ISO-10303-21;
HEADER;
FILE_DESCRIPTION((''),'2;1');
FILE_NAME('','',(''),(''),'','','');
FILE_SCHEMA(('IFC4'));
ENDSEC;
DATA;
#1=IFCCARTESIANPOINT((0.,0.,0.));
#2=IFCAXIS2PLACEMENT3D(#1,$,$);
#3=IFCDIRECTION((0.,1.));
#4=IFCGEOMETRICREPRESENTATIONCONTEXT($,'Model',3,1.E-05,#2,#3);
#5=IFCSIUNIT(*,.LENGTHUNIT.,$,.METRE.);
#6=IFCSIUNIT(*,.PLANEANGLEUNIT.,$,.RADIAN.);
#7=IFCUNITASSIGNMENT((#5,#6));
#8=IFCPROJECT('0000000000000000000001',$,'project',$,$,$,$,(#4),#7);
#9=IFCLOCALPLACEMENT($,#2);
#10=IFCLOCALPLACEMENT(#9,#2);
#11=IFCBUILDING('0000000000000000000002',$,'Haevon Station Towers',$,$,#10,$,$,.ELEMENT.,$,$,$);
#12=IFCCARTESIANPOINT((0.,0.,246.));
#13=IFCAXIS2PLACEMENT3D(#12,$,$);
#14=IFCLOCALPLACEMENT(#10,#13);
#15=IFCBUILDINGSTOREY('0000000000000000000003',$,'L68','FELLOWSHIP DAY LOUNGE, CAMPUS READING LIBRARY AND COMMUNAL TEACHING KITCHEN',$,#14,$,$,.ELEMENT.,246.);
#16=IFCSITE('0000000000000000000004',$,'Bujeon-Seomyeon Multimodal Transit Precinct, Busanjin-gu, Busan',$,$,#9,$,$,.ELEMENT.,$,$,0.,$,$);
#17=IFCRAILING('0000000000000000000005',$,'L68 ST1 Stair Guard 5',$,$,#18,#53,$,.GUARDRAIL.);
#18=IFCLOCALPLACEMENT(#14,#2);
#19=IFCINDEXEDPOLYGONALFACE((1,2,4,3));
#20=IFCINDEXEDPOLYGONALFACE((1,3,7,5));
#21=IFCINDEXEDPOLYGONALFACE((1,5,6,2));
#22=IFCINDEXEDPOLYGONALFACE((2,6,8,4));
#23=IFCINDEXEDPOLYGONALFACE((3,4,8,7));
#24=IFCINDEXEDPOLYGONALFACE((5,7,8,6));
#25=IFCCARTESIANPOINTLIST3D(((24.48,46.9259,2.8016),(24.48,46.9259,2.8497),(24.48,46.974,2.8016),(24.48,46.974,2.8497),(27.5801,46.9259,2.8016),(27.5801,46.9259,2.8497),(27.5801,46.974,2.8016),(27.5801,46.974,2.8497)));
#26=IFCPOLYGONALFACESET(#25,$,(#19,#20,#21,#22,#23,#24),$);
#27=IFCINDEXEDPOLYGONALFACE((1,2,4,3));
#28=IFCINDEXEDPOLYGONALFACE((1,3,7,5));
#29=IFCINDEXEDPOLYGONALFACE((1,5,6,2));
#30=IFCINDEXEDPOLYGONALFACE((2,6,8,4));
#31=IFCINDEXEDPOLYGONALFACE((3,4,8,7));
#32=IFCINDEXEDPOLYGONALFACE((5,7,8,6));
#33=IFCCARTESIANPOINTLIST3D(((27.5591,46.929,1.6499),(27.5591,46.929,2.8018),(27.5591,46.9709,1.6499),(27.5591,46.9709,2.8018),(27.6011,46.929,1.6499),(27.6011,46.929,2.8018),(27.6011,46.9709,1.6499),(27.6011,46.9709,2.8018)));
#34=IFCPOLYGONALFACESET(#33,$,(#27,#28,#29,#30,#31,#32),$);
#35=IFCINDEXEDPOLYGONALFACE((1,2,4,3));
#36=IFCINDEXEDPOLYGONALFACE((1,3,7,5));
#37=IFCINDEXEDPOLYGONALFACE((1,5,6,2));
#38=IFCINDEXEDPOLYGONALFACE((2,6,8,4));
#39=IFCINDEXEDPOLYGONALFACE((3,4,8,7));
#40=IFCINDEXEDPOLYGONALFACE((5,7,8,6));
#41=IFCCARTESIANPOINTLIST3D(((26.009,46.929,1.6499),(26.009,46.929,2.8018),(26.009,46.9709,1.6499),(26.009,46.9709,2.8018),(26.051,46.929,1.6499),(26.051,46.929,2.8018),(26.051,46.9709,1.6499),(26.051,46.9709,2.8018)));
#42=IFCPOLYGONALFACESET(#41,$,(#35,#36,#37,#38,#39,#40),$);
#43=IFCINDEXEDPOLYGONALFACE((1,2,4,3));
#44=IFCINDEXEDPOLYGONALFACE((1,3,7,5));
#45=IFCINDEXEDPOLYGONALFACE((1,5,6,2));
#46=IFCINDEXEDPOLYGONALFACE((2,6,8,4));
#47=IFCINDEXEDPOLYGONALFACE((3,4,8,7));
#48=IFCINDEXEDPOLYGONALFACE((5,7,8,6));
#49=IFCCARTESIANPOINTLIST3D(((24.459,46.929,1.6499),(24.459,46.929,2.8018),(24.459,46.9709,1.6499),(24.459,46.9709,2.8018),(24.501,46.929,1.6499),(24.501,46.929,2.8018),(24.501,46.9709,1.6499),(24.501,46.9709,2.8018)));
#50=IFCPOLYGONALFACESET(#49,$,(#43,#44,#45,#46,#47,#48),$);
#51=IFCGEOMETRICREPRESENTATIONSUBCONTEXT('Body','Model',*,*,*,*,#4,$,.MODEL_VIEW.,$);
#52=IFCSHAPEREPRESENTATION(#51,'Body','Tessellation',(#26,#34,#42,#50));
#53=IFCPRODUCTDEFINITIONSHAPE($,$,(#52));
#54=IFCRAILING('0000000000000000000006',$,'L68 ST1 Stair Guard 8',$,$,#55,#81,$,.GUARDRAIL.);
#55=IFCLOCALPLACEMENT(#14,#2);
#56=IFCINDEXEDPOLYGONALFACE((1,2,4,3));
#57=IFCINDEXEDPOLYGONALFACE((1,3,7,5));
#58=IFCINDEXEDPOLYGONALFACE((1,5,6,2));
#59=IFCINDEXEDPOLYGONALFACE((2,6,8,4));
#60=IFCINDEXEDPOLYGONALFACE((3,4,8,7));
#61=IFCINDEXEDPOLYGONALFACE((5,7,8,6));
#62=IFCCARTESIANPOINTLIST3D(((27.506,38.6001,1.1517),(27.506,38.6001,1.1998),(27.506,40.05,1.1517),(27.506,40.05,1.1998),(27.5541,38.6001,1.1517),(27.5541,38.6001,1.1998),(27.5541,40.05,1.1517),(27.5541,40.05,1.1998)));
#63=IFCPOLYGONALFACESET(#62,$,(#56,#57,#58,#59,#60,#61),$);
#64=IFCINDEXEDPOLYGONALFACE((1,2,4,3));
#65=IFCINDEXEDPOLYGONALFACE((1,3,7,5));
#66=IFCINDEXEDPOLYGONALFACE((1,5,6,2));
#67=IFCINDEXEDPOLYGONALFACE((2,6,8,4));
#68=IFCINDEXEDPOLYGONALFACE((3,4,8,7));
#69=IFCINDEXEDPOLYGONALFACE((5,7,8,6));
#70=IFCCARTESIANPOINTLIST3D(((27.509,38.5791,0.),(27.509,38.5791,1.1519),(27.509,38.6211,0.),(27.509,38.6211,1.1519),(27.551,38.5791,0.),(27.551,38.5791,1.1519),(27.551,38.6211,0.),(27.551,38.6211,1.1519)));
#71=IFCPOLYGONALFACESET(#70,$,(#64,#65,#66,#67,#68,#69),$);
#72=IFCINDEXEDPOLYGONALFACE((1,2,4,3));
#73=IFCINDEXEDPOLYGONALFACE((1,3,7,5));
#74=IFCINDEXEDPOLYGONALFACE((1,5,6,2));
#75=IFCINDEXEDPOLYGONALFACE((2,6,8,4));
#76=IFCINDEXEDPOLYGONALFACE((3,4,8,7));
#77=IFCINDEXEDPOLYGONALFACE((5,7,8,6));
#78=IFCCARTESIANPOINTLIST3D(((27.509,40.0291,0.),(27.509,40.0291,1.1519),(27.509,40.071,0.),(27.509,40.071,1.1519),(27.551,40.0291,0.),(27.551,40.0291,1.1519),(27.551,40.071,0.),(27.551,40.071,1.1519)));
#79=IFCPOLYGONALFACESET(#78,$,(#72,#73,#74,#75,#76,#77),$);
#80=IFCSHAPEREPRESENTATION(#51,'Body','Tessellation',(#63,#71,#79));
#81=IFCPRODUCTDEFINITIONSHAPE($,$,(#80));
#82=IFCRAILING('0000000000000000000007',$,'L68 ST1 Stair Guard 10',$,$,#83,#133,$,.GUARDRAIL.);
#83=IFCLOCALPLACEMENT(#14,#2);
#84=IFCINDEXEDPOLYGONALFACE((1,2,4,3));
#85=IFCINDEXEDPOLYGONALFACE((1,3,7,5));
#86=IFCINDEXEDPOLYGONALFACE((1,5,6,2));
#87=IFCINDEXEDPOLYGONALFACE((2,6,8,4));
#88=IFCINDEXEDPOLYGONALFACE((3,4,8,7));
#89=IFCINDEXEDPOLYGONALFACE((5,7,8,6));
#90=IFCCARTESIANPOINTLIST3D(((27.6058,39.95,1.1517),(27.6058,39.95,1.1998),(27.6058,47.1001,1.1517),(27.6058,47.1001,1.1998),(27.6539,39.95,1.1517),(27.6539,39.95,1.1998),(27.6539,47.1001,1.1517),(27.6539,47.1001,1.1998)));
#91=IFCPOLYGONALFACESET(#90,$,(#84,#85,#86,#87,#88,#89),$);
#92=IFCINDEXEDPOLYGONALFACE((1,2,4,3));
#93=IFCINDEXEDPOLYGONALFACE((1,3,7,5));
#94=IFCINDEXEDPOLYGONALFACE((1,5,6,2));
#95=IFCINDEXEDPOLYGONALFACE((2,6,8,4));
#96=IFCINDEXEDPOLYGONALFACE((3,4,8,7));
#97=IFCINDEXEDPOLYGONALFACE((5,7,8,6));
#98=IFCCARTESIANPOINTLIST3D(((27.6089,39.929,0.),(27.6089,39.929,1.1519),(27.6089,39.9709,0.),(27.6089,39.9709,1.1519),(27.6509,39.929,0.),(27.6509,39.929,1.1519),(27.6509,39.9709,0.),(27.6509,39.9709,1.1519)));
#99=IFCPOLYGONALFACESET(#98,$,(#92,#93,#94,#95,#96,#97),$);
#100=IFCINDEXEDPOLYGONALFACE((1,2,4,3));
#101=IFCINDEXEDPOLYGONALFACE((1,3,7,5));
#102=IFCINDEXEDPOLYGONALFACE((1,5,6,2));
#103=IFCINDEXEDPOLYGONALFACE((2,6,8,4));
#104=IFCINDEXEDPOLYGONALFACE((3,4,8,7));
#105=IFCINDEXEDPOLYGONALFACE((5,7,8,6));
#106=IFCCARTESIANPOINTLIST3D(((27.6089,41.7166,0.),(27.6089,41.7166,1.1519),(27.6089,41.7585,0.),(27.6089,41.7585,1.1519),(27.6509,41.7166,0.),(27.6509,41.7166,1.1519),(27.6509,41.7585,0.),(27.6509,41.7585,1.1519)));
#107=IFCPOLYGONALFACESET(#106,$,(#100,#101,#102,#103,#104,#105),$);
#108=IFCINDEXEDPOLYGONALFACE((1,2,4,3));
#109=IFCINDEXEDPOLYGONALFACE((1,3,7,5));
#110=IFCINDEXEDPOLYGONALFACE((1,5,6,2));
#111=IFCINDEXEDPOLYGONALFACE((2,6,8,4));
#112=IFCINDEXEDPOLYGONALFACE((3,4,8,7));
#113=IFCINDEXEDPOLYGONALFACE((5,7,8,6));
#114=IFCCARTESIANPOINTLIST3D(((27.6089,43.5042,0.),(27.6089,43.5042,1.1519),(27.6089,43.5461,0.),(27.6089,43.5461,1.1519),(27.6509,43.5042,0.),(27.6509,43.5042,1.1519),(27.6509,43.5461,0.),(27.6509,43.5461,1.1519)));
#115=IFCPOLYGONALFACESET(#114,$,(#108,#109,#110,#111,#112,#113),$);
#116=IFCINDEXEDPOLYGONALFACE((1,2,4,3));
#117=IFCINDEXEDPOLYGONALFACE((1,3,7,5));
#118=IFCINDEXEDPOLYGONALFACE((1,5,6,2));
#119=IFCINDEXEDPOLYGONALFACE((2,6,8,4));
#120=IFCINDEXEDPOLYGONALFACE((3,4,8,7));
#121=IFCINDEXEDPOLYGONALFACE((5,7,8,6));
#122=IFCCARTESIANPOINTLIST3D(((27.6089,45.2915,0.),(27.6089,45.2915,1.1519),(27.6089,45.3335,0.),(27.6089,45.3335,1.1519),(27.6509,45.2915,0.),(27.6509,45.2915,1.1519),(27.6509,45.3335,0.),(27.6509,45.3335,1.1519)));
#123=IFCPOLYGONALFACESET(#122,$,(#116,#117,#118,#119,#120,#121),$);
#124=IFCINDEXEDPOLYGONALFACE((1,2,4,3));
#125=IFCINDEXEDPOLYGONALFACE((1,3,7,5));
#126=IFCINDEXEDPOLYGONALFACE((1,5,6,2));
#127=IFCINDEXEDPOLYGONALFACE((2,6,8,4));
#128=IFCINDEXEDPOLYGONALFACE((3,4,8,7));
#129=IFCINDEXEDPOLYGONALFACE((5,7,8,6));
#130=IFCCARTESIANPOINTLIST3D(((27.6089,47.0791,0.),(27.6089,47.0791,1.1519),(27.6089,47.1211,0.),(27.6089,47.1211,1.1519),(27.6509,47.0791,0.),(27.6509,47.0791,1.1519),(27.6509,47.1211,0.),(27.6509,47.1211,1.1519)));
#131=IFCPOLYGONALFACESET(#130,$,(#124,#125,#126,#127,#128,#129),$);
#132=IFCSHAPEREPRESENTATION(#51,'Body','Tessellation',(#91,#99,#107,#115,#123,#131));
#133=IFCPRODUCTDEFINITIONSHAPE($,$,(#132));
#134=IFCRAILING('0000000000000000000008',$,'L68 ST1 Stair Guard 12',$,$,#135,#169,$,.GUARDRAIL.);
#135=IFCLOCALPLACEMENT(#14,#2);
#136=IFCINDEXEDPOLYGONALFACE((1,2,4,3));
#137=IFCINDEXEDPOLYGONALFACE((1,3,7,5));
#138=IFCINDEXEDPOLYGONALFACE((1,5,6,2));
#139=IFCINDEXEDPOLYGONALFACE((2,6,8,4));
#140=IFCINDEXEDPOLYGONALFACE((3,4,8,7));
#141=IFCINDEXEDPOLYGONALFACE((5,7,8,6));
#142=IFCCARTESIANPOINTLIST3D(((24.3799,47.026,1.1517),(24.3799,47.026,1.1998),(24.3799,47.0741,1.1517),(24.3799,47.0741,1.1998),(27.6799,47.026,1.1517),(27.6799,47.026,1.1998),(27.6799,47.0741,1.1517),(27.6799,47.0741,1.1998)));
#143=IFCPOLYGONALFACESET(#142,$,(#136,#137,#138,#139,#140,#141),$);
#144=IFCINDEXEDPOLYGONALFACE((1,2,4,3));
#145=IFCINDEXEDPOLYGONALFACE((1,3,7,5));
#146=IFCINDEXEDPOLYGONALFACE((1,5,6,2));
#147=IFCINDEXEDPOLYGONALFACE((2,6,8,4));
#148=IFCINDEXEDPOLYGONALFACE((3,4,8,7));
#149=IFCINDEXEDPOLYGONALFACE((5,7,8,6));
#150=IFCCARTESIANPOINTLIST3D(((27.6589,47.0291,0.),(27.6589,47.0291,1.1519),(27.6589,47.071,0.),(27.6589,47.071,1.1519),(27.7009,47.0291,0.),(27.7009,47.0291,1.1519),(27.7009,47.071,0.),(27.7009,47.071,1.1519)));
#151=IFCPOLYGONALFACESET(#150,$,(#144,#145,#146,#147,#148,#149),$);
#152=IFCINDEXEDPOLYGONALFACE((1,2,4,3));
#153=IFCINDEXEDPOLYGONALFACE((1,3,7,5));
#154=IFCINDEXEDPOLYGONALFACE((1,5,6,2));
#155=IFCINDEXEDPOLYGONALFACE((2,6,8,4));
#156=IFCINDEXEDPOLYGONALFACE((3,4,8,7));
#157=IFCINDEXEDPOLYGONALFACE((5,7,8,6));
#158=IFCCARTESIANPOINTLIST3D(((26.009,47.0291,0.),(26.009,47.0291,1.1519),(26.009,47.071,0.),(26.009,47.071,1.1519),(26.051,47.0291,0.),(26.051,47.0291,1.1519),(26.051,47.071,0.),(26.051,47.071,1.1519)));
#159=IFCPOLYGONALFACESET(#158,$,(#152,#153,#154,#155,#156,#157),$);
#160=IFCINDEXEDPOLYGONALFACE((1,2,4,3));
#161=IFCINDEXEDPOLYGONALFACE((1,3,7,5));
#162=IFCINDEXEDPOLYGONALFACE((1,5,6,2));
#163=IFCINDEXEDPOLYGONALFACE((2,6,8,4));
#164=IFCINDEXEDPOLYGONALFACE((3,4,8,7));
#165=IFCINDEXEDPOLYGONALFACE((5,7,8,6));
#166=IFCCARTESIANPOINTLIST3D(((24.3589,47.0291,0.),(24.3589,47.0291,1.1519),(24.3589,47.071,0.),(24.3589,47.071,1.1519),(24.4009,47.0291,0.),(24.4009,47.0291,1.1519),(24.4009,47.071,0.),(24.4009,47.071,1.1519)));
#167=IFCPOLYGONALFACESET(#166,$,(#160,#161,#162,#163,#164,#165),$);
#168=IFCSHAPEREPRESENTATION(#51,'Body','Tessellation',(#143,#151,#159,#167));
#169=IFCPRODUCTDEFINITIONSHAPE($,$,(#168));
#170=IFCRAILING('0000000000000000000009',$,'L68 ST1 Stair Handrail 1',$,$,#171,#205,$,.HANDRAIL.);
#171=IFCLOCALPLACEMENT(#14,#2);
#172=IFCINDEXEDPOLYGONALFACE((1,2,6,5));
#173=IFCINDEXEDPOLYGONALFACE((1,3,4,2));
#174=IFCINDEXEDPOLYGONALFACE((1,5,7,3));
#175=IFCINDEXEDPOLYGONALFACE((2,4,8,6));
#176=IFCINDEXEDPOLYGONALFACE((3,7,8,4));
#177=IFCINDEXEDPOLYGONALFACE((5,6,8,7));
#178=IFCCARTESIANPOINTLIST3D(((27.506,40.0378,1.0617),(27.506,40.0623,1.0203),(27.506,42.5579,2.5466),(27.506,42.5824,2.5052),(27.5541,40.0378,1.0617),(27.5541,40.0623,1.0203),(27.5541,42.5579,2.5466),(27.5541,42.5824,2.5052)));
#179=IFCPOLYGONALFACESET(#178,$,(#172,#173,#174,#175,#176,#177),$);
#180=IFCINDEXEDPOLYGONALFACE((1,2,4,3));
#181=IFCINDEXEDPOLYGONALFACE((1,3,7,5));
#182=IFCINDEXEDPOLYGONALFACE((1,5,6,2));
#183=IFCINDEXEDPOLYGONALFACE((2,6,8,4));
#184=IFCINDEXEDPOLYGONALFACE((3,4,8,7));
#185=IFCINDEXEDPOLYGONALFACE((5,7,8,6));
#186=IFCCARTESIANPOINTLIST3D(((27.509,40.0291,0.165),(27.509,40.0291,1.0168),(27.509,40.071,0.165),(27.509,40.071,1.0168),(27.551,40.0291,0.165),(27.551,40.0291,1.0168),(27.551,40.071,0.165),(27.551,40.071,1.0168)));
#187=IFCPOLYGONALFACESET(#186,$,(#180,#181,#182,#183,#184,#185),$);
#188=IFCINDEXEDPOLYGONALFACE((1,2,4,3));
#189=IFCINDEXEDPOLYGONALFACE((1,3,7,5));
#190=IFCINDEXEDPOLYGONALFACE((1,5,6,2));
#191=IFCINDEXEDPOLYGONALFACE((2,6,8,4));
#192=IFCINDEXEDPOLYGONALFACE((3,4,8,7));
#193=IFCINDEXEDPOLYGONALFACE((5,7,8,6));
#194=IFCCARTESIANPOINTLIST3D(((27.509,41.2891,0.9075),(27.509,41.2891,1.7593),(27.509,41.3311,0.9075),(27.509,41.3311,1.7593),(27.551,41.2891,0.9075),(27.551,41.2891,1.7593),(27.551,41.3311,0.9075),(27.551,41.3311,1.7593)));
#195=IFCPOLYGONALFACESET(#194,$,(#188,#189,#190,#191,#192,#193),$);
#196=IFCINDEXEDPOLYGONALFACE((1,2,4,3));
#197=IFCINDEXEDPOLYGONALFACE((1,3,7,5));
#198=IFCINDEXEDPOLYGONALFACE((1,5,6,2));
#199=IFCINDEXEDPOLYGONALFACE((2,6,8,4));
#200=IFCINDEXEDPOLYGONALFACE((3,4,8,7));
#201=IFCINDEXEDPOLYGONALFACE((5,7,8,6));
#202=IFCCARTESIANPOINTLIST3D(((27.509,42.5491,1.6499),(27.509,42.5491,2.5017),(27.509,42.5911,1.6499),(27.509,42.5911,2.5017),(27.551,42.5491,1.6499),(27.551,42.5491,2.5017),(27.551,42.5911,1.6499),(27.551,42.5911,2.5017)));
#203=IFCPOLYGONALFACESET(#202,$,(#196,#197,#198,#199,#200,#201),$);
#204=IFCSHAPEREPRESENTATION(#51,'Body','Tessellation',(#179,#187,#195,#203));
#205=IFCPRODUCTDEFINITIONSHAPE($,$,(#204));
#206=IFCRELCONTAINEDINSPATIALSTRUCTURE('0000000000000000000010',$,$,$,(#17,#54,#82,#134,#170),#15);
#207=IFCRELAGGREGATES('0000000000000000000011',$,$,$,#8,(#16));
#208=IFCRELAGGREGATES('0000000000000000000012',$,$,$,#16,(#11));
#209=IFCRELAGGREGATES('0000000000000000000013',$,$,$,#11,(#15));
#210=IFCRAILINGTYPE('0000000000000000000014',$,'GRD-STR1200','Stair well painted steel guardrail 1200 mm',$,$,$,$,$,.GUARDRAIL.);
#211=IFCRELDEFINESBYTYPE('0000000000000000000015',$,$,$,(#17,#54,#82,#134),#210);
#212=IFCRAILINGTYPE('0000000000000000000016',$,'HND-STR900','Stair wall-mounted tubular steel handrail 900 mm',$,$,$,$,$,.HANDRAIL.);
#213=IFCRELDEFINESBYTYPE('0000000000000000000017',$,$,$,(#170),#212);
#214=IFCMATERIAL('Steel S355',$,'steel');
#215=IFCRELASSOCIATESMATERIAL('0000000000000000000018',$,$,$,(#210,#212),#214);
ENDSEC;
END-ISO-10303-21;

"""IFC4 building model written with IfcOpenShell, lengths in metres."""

from ifc_helpers import new_model, si_unit, direction, frame, origin, origin_2d, place, context, subcontext, project, spatial, rectangle, extrude, material, type_object, element, save


model = new_model("IFC4")

# Units and contexts
model_context = context("Model", 3, precision=1e-05, world=origin(), true_north=direction((0.0, 1.0)))
body_context = subcontext(model_context, "Body", "Model", "MODEL_VIEW")
ifc_project = project(units=[si_unit("LENGTHUNIT", "METRE"), si_unit("PLANEANGLEUNIT", "RADIAN")], contexts=[model_context])

# Site, building, storey
site_placement = place(None, origin())
site = spatial("IfcSite", under=ifc_project, at=site_placement, Name="Bujeon-Seomyeon Multimodal Transit Precinct, Busanjin-gu, Busan", CompositionType="ELEMENT", RefElevation=0.0)
building_placement = place(site_placement, origin())
building = spatial("IfcBuilding", under=site, at=building_placement, Name="Haevon Station Towers", CompositionType="ELEMENT")
storey_placement = place(building_placement, frame((0.0, 0.0, 246.0)))
storey = spatial("IfcBuildingStorey", under=building, at=storey_placement, Name="L68", Description="FELLOWSHIP DAY LOUNGE, CAMPUS READING LIBRARY AND COMMUNAL TEACHING KITCHEN", CompositionType="ELEMENT", Elevation=246.0)

# Shared definitions
ifc_material_1 = material(Name="Steel S355", Category="steel")

# Railings
railing_type_1 = type_object("IfcRailingType", Name="GRD-STR1200", Description="Stair well painted steel guardrail 1200 mm", PredefinedType="GUARDRAIL", material=ifc_material_1)
railing_1_placement = place(storey_placement, frame((27.5801, 46.95, 1.6499)))
element("IfcRailing", 1, at=railing_1_placement, inside=storey, type_object=railing_type_1, Name="L68 ST1 Stair Guard 5", PredefinedType="GUARDRAIL", context=body_context, shape_type="SweptSolid", body=[
    extrude(rectangle(XDim=0.0481, YDim=0.0481, at=origin_2d()), frame((0.0, 0.0, 1.1758), z_axis=(-1.0, 0.0, 0.0), x_axis=(0.0, -1.0, 0.0)), (0.0, 0.0, 1.0), 3.1001),
    extrude(rectangle(XDim=0.042, YDim=0.042, at=origin_2d()), origin(), (0.0, 0.0, 1.0), 1.1519),
    extrude(rectangle(XDim=0.042, YDim=0.042, at=origin_2d()), frame((-1.55, 0.0, 0.0)), (0.0, 0.0, 1.0), 1.1519),
    extrude(rectangle(XDim=0.042, YDim=0.042, at=origin_2d()), frame((-3.1001, 0.0, 0.0)), (0.0, 0.0, 1.0), 1.1519),
])
railing_2_placement = place(storey_placement, frame((27.53, 38.6001, 0.0)))
element("IfcRailing", 2, at=railing_2_placement, inside=storey, type_object=railing_type_1, Name="L68 ST1 Stair Guard 8", PredefinedType="GUARDRAIL", context=body_context, shape_type="SweptSolid", body=[
    extrude(rectangle(XDim=0.0481, YDim=0.0481, at=origin_2d()), frame((0.0, 0.0, 1.1758), z_axis=(0.0, 1.0, 0.0), x_axis=(-1.0, 0.0, 0.0)), (0.0, 0.0, 1.0), 1.45),
    extrude(rectangle(XDim=0.042, YDim=0.042, at=origin_2d()), origin(), (0.0, 0.0, 1.0), 1.1519),
    extrude(rectangle(XDim=0.042, YDim=0.042, at=origin_2d()), frame((0.0, 1.45, 0.0)), (0.0, 0.0, 1.0), 1.1519),
])
railing_3_placement = place(storey_placement, frame((27.6299, 39.95, 0.0)))
element("IfcRailing", 3, at=railing_3_placement, inside=storey, type_object=railing_type_1, Name="L68 ST1 Stair Guard 10", PredefinedType="GUARDRAIL", context=body_context, shape_type="SweptSolid", body=[
    extrude(rectangle(XDim=0.0481, YDim=0.0481, at=origin_2d()), frame((0.0, 0.0, 1.1758), z_axis=(0.0, 1.0, 0.0), x_axis=(-1.0, 0.0, 0.0)), (0.0, 0.0, 1.0), 7.1501),
    extrude(rectangle(XDim=0.042, YDim=0.042, at=origin_2d()), origin(), (0.0, 0.0, 1.0), 1.1519),
    extrude(rectangle(XDim=0.042, YDim=0.042, at=origin_2d()), frame((0.0, 1.7876, 0.0)), (0.0, 0.0, 1.0), 1.1519),
    extrude(rectangle(XDim=0.042, YDim=0.042, at=origin_2d()), frame((0.0, 3.5752, 0.0)), (0.0, 0.0, 1.0), 1.1519),
    extrude(rectangle(XDim=0.042, YDim=0.042, at=origin_2d()), frame((0.0, 5.3625, 0.0)), (0.0, 0.0, 1.0), 1.1519),
    extrude(rectangle(XDim=0.042, YDim=0.042, at=origin_2d()), frame((0.0, 7.1501, 0.0)), (0.0, 0.0, 1.0), 1.1519),
])
railing_4_placement = place(storey_placement, frame((27.6799, 47.05, 0.0)))
element("IfcRailing", 4, at=railing_4_placement, inside=storey, type_object=railing_type_1, Name="L68 ST1 Stair Guard 12", PredefinedType="GUARDRAIL", context=body_context, shape_type="SweptSolid", body=[
    extrude(rectangle(XDim=0.0481, YDim=0.0481, at=origin_2d()), frame((0.0, 0.0, 1.1758), z_axis=(-1.0, 0.0, 0.0), x_axis=(0.0, -1.0, 0.0)), (0.0, 0.0, 1.0), 3.3),
    extrude(rectangle(XDim=0.042, YDim=0.042, at=origin_2d()), origin(), (0.0, 0.0, 1.0), 1.1519),
    extrude(rectangle(XDim=0.042, YDim=0.042, at=origin_2d()), frame((-1.6499, 0.0, 0.0)), (0.0, 0.0, 1.0), 1.1519),
    extrude(rectangle(XDim=0.042, YDim=0.042, at=origin_2d()), frame((-3.3, 0.0, 0.0)), (0.0, 0.0, 1.0), 1.1519),
])
railing_type_2 = type_object("IfcRailingType", Name="HND-STR900", Description="Stair wall-mounted tubular steel handrail 900 mm", PredefinedType="HANDRAIL", material=ifc_material_1)
railing_5_placement = place(storey_placement, frame((27.53, 40.05, 0.165)))
element("IfcRailing", 5, at=railing_5_placement, inside=storey, type_object=railing_type_2, Name="L68 ST1 Stair Handrail 1", PredefinedType="HANDRAIL", context=body_context, shape_type="SweptSolid", body=[
    extrude(rectangle(XDim=0.0481, YDim=0.0481, at=origin_2d()), frame((0.0, 0.0, 0.876), z_axis=(0.0, 0.861561, 0.507655), x_axis=(-1.0, 0.0, 0.0)), (0.0, 0.0, 1.0), 2.925),
    extrude(rectangle(XDim=0.042, YDim=0.042, at=origin_2d()), origin(), (0.0, 0.0, 1.0), 0.8518),
    extrude(rectangle(XDim=0.042, YDim=0.042, at=origin_2d()), frame((0.0, 1.26, 0.7424)), (0.0, 0.0, 1.0), 0.8518),
    extrude(rectangle(XDim=0.042, YDim=0.042, at=origin_2d()), frame((0.0, 2.52, 1.4849)), (0.0, 0.0, 1.0), 0.8518),
])

save(model, "model.ifc")
